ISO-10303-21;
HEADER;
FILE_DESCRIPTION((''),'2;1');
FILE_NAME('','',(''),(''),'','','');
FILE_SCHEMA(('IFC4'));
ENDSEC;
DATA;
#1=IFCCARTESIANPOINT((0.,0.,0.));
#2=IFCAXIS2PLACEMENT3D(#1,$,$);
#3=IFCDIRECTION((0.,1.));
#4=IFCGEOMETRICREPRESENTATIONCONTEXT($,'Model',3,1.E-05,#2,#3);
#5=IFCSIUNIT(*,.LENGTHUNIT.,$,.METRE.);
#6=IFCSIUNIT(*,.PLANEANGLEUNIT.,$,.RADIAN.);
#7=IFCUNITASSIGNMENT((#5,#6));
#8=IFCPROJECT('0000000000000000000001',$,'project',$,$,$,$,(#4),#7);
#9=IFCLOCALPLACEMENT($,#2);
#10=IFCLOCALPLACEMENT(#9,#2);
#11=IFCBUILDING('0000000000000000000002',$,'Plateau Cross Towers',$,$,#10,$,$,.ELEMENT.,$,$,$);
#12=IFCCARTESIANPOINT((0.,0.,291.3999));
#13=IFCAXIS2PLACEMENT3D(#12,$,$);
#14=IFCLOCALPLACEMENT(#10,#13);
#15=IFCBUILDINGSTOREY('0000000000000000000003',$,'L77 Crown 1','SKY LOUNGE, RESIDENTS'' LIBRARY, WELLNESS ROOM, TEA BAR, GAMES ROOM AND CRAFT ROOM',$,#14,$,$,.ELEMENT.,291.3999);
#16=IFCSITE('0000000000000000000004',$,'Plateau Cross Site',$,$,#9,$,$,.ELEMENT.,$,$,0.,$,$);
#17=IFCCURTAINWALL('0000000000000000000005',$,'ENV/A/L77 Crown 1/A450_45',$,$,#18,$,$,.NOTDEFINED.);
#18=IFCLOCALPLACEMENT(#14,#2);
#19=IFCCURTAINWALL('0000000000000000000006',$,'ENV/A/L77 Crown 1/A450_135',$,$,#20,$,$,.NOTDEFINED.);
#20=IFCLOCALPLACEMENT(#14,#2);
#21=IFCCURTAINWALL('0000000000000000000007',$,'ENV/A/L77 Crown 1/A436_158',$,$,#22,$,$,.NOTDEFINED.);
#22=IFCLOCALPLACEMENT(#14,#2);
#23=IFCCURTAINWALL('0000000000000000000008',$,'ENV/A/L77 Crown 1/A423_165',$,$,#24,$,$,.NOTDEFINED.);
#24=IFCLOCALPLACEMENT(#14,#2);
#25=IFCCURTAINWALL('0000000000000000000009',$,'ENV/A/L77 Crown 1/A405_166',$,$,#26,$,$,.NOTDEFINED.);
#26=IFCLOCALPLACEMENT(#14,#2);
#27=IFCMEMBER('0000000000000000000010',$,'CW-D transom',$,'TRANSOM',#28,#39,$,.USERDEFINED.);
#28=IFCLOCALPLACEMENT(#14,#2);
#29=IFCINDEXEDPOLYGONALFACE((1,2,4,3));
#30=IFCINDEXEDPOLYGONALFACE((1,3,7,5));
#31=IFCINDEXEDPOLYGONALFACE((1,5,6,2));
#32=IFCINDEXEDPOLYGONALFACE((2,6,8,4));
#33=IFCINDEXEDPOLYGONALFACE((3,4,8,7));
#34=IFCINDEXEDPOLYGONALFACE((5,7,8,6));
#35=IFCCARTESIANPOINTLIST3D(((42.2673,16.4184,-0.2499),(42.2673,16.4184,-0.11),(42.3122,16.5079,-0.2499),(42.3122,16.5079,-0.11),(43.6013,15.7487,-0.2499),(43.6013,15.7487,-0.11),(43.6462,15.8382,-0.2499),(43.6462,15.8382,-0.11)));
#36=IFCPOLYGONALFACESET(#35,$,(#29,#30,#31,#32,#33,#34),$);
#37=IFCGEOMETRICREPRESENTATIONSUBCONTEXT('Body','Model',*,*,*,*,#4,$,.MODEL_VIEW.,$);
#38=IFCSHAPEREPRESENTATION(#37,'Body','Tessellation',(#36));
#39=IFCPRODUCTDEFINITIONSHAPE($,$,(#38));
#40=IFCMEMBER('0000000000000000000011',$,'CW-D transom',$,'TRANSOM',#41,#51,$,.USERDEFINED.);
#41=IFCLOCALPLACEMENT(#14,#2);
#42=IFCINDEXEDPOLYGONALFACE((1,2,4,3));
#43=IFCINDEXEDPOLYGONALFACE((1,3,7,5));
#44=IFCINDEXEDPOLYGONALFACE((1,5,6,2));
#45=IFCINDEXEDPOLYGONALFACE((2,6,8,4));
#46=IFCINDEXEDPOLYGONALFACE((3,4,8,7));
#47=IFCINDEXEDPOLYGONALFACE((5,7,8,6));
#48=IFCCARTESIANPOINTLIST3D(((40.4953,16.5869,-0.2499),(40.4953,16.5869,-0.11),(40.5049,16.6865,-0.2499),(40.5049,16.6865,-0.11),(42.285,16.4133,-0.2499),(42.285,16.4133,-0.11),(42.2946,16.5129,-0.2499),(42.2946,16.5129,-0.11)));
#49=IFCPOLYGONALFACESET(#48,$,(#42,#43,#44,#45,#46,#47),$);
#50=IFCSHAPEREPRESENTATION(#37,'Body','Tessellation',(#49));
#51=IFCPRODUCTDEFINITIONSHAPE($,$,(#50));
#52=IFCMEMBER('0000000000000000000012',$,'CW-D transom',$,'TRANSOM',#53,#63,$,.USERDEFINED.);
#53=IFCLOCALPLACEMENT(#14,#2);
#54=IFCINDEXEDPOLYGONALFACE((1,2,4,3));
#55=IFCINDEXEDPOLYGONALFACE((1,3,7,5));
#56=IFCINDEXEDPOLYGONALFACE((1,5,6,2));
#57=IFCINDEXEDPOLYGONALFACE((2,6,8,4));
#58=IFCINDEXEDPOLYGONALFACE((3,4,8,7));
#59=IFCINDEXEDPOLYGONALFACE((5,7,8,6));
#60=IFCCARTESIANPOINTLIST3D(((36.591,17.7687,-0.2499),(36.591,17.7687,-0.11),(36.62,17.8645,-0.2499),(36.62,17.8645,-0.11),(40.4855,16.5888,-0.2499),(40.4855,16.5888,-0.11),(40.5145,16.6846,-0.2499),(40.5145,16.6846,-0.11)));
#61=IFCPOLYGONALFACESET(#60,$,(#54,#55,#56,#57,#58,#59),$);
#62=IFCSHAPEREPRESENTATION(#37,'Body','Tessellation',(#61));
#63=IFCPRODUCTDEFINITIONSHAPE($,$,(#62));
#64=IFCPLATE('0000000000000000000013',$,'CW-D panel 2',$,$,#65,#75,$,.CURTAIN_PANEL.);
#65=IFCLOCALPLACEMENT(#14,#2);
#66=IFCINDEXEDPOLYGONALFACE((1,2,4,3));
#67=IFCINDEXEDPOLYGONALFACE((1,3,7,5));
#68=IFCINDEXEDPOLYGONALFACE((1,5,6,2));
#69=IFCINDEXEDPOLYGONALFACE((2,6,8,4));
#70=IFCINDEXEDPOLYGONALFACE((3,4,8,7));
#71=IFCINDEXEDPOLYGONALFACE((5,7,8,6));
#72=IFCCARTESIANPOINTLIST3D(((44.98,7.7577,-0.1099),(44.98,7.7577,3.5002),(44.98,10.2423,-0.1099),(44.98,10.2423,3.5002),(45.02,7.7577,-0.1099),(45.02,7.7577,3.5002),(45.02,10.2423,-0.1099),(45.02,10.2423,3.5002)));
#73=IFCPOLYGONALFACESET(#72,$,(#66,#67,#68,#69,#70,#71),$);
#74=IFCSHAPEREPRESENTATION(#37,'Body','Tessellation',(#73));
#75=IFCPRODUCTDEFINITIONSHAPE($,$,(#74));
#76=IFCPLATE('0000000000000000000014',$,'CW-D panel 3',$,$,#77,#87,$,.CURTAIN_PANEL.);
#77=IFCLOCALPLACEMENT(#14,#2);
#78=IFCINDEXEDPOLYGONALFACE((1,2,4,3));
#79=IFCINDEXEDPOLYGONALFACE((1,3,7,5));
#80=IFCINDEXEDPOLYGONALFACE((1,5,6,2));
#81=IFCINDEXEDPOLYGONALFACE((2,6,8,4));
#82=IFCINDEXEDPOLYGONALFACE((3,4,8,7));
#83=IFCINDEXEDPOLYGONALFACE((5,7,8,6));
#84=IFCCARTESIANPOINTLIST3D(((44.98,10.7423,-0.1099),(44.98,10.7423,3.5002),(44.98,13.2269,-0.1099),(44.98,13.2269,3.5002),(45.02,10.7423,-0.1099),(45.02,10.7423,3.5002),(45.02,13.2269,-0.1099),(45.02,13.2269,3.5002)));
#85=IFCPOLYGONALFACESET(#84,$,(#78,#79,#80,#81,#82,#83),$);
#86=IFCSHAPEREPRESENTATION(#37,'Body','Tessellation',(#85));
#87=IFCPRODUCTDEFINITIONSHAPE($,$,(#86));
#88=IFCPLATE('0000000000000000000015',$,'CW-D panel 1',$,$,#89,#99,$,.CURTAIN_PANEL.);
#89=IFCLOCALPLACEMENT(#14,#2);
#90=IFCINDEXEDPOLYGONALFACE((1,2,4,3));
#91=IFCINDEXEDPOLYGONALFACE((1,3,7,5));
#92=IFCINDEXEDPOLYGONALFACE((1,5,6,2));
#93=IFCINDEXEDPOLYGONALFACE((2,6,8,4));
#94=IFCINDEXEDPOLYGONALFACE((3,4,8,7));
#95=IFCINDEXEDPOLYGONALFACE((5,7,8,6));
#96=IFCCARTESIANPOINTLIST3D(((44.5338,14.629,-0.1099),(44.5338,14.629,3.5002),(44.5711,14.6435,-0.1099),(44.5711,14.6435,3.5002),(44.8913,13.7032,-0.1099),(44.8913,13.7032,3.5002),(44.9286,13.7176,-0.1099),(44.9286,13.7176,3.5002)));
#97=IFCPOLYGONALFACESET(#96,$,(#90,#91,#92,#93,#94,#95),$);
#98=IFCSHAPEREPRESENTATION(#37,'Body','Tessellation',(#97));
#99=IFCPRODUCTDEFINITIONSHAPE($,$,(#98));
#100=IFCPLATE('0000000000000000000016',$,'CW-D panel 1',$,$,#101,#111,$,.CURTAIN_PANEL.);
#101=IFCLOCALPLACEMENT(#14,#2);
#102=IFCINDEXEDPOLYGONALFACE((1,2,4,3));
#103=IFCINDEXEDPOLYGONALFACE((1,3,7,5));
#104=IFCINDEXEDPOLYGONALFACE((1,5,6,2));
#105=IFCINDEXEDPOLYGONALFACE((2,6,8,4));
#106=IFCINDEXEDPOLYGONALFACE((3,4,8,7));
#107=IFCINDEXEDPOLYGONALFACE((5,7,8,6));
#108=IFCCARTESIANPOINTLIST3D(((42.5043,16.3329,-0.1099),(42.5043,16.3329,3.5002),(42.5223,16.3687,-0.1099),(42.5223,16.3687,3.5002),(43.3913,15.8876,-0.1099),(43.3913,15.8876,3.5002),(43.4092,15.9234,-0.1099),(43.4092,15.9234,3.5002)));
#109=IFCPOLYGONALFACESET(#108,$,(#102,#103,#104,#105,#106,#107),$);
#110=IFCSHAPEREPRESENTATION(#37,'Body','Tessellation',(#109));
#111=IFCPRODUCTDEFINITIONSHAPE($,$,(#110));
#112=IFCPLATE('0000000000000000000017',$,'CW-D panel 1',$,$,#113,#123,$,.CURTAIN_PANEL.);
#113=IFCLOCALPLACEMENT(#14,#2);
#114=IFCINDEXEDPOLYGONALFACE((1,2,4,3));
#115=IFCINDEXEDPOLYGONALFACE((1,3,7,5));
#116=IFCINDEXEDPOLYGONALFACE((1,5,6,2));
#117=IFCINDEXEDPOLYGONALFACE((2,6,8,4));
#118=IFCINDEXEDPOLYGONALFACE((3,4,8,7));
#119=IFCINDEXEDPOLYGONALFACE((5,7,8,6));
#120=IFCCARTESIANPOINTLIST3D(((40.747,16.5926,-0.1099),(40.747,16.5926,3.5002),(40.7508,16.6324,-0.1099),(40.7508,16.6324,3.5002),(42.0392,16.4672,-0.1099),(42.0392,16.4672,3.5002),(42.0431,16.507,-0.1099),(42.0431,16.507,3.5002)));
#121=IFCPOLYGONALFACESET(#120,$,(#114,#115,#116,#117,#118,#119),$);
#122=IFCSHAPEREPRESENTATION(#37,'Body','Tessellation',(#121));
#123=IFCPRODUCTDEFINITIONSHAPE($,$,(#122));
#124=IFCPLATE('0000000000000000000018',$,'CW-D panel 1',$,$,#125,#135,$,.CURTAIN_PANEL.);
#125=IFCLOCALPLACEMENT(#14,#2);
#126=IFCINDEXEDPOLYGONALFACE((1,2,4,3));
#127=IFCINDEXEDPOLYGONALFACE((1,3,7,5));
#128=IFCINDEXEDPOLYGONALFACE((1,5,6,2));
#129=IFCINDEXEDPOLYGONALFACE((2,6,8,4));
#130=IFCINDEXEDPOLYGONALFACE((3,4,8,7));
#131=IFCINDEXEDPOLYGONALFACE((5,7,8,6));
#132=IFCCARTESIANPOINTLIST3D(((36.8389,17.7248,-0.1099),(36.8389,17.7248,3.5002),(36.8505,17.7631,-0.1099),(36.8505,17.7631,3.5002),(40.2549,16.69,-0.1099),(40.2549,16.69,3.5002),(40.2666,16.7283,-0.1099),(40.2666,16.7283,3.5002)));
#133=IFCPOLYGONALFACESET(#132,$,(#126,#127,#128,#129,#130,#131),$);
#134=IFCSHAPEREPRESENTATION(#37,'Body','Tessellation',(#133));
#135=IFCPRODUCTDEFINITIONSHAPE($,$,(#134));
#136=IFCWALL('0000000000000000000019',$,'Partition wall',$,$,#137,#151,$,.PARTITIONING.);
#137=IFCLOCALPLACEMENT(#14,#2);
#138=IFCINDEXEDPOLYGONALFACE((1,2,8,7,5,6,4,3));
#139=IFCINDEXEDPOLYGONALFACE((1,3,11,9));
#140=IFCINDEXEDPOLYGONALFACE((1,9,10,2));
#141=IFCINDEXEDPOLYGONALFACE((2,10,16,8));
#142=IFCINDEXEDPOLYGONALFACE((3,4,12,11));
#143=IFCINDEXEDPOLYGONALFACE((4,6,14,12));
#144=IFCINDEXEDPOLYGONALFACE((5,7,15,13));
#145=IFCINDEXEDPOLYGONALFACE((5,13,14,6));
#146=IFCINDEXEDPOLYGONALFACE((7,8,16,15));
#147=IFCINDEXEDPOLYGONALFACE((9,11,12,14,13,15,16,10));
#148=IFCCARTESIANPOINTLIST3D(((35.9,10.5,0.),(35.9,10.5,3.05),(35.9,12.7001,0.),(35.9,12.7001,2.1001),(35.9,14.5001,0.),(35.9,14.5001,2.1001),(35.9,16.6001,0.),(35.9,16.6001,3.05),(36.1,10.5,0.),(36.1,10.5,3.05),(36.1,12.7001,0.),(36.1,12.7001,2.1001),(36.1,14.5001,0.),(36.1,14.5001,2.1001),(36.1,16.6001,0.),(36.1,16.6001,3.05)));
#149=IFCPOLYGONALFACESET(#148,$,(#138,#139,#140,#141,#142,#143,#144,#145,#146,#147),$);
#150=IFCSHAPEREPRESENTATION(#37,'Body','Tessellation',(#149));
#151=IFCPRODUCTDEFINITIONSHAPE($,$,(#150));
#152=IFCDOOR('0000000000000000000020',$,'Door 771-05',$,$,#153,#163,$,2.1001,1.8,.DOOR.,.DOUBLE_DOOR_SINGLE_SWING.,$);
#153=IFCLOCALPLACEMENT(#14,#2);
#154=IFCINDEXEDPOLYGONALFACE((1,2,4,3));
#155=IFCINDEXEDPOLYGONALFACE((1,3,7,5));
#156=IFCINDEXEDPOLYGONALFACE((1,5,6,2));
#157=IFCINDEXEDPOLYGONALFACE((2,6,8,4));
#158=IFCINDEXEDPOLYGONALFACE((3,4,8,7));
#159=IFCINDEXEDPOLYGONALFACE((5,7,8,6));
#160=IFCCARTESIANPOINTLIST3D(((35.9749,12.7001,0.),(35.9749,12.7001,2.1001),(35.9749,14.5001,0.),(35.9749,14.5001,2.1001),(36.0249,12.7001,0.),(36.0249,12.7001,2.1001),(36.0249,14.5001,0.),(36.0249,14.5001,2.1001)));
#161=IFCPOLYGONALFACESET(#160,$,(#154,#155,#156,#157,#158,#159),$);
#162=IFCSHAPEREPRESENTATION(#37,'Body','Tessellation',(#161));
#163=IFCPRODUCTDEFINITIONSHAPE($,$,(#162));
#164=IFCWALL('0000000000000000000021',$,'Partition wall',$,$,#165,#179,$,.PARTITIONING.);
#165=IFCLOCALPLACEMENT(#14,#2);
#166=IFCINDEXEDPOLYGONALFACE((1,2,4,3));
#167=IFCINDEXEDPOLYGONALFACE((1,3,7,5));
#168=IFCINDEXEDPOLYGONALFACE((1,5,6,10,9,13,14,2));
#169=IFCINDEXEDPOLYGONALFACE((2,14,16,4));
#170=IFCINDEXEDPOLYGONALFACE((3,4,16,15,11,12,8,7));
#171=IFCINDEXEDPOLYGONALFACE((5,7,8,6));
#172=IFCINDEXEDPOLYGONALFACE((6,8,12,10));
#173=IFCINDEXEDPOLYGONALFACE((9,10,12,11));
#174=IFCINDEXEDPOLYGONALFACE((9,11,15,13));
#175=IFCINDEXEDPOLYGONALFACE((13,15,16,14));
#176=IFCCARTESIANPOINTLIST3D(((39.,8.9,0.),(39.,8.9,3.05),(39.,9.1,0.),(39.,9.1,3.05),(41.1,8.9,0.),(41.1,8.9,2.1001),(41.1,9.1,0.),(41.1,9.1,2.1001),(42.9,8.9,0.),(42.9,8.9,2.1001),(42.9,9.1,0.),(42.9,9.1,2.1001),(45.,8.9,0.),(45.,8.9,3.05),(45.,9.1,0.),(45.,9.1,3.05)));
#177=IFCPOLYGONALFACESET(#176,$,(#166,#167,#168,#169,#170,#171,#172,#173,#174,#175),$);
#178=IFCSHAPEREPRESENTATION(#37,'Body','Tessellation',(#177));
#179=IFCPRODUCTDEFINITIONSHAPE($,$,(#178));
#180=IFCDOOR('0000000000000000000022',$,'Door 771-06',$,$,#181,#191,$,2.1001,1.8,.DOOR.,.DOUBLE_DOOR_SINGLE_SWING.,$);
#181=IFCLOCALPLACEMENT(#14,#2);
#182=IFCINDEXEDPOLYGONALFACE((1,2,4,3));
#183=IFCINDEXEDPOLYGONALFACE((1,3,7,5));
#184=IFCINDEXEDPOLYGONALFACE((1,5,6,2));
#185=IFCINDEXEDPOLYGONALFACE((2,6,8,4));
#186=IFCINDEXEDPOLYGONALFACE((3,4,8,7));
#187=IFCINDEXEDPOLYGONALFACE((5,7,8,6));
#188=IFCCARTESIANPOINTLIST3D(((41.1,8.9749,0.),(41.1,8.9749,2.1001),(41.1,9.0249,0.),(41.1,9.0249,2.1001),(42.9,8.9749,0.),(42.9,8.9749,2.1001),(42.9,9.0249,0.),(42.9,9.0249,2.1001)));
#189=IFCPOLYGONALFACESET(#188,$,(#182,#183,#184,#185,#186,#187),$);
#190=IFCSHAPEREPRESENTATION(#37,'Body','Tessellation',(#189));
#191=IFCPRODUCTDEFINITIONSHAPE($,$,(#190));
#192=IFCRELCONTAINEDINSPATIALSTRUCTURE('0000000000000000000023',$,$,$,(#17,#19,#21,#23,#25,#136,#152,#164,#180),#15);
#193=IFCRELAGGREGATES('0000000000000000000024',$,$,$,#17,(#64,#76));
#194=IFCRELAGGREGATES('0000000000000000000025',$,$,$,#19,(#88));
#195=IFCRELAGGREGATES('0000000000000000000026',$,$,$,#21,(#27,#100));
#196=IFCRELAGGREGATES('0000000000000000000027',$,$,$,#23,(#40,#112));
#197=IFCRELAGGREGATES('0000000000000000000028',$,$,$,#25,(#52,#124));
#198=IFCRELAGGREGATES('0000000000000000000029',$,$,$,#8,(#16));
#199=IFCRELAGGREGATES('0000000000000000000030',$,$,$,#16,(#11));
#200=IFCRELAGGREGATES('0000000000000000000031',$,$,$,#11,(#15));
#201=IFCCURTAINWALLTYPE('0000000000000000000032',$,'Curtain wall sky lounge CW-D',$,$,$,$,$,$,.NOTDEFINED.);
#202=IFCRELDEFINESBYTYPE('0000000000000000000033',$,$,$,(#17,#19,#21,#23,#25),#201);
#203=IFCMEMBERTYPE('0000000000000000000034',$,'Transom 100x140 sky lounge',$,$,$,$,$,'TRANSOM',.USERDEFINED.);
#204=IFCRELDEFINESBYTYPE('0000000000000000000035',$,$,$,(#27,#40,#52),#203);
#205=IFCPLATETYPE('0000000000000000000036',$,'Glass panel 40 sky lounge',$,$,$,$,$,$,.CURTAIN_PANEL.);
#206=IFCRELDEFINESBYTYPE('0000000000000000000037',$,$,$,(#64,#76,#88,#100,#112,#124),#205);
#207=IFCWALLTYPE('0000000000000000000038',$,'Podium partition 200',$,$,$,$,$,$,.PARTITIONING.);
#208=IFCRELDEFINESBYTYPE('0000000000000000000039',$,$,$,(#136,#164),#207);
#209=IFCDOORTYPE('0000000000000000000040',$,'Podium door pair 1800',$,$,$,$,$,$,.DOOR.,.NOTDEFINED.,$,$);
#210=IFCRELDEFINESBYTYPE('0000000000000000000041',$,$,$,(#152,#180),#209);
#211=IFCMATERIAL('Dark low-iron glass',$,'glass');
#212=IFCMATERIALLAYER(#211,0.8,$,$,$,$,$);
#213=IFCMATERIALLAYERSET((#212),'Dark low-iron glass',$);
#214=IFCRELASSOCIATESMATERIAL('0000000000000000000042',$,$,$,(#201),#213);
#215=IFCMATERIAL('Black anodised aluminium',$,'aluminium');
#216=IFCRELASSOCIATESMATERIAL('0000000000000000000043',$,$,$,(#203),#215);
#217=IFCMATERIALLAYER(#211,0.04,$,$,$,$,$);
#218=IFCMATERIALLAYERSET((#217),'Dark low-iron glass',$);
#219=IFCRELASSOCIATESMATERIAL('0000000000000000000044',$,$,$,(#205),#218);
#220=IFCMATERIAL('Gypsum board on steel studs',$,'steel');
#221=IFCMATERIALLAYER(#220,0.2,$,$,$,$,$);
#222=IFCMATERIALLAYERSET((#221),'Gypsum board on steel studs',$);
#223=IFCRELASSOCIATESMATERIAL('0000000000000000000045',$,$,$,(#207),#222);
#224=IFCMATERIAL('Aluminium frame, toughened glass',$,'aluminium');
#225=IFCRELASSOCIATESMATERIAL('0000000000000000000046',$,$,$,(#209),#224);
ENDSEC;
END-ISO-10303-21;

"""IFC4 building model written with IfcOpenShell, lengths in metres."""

from ifc_helpers import new_model, si_unit, direction, frame, frame_2d, origin, origin_2d, place, context, subcontext, project, spatial, rectangle, extrude, material, layer, layer_set, material_profile, profile_set, type_object, element, fill, aggregate, save


model = new_model("IFC4")

# Units and contexts
model_context = context("Model", 3, precision=1e-05, world=origin(), true_north=direction((0.0, 1.0)))
body_context = subcontext(model_context, "Body", "Model", "MODEL_VIEW")
ifc_project = project(units=[si_unit("LENGTHUNIT", "METRE"), si_unit("PLANEANGLEUNIT", "RADIAN")], contexts=[model_context])

# Site, building, storey
site_placement = place(None, origin())
site = spatial("IfcSite", under=ifc_project, at=site_placement, Name="Plateau Cross Site", CompositionType="ELEMENT", RefElevation=0.0)
building_placement = place(site_placement, origin())
building = spatial("IfcBuilding", under=site, at=building_placement, Name="Plateau Cross Towers", CompositionType="ELEMENT")
storey_placement = place(building_placement, frame((0.0, 0.0, 291.3999)))
storey = spatial("IfcBuildingStorey", under=building, at=storey_placement, Name="L77 Crown 1", Description="SKY LOUNGE, RESIDENTS' LIBRARY, WELLNESS ROOM, TEA BAR, GAMES ROOM AND CRAFT ROOM", CompositionType="ELEMENT", Elevation=291.3999)

# Curtain walls
ifc_material_1 = material(Name="Dark low-iron glass", Category="glass")
ifc_layer_1 = layer(ifc_material_1, 0.8)
ifc_layer_set_1 = layer_set([ifc_layer_1], Name="Dark low-iron glass")
curtain_wall_type = type_object("IfcCurtainWallType", Name="Curtain wall sky lounge CW-D", PredefinedType="NOTDEFINED", material=ifc_layer_set_1)
curtain_wall_1_placement = place(storey_placement, origin())
curtain_wall_1 = element("IfcCurtainWall", 1, at=curtain_wall_1_placement, inside=storey, type_object=curtain_wall_type, Name="ENV/A/L77 Crown 1/A450_45", PredefinedType="NOTDEFINED")
ifc_material_2 = material(Name="Black anodised aluminium", Category="aluminium")
curtain_wall_2_placement = place(storey_placement, origin())
curtain_wall_2 = element("IfcCurtainWall", 2, at=curtain_wall_2_placement, inside=storey, type_object=curtain_wall_type, Name="ENV/A/L77 Crown 1/A450_135", PredefinedType="NOTDEFINED")

# Curtain walls
curtain_wall_3_placement = place(storey_placement, origin())
curtain_wall_3 = element("IfcCurtainWall", 3, at=curtain_wall_3_placement, inside=storey, type_object=curtain_wall_type, Name="ENV/A/L77 Crown 1/A436_158", PredefinedType="NOTDEFINED")
curtain_wall_4_placement = place(storey_placement, origin())
curtain_wall_4 = element("IfcCurtainWall", 4, at=curtain_wall_4_placement, inside=storey, type_object=curtain_wall_type, Name="ENV/A/L77 Crown 1/A423_165", PredefinedType="NOTDEFINED")

# Curtain wall
curtain_wall_5_placement = place(storey_placement, origin())
curtain_wall_5 = element("IfcCurtainWall", 5, at=curtain_wall_5_placement, inside=storey, type_object=curtain_wall_type, Name="ENV/A/L77 Crown 1/A405_166", PredefinedType="NOTDEFINED")

# Members
ifc_material_profile_1 = material_profile(ifc_material_2, rectangle(XDim=0.1001, YDim=0.1399, at=origin_2d()), Name="TRANSOM 100x140")
ifc_profile_set_1 = profile_set([ifc_material_profile_1], Name="Black anodised aluminium")
member_type_1 = type_object("IfcMemberType", Name="Transom 100x140 sky lounge", ElementType="TRANSOM", PredefinedType="USERDEFINED", material=ifc_profile_set_1)
member_1_placement = place(storey_placement, frame((43.6238, 15.7935, -0.1799), z_axis=(-0.893706, 0.448652, 0.0), x_axis=(-0.448652, -0.893706, 0.0)))
member_1 = element("IfcMember", 6, at=member_1_placement, type_object=member_type_1, Name="CW-D transom", ObjectType="TRANSOM", PredefinedType="USERDEFINED", context=body_context, shape_type="SweptSolid", body=[
    extrude(rectangle(XDim=0.1001, YDim=0.1399, at=origin_2d()), origin(), (0.0, 0.0, 1.0), 1.4927),
])
member_2_placement = place(storey_placement, frame((42.2898, 16.4631, -0.1799), z_axis=(-0.99533, 0.096532, 0.0), x_axis=(-0.096532, -0.99533, 0.0)))
member_2 = element("IfcMember", 7, at=member_2_placement, type_object=member_type_1, Name="CW-D transom", ObjectType="TRANSOM", PredefinedType="USERDEFINED", context=body_context, shape_type="SweptSolid", body=[
    extrude(rectangle(XDim=0.1001, YDim=0.1399, at=origin_2d()), origin(), (0.0, 0.0, 1.0), 1.7981),
])
member_3_placement = place(storey_placement, frame((40.5, 16.6367, -0.1799), z_axis=(-0.95704, 0.289956, 0.0), x_axis=(-0.289956, -0.95704, 0.0)))
member_3 = element("IfcMember", 8, at=member_3_placement, type_object=member_type_1, Name="CW-D transom", ObjectType="TRANSOM", PredefinedType="USERDEFINED", context=body_context, shape_type="SweptSolid", body=[
    extrude(rectangle(XDim=0.1001, YDim=0.1399, at=origin_2d()), origin(), (0.0, 0.0, 1.0), 4.0693),
])

# Plates
ifc_layer_2 = layer(ifc_material_1, 0.04)
ifc_layer_set_2 = layer_set([ifc_layer_2], Name="Dark low-iron glass")
plate_type = type_object("IfcPlateType", Name="Glass panel 40 sky lounge", PredefinedType="CURTAIN_PANEL", material=ifc_layer_set_2)
plate_1_placement = place(storey_placement, frame((45.0, 9.0, -0.1099), z_axis=(0.0, 0.0, 1.0), x_axis=(0.0, 1.0, 0.0)))
plate_1 = element("IfcPlate", 9, at=plate_1_placement, type_object=plate_type, Name="CW-D panel 2", PredefinedType="CURTAIN_PANEL", context=body_context, shape_type="SweptSolid", body=[
    extrude(rectangle(XDim=2.4846, YDim=0.04, at=origin_2d()), origin(), (0.0, 0.0, 1.0), 3.6101),
])
plate_2_placement = place(storey_placement, frame((45.0, 11.9846, -0.1099), z_axis=(0.0, 0.0, 1.0), x_axis=(0.0, 1.0, 0.0)))
plate_2 = element("IfcPlate", 10, at=plate_2_placement, type_object=plate_type, Name="CW-D panel 3", PredefinedType="CURTAIN_PANEL", context=body_context, shape_type="SweptSolid", body=[
    extrude(rectangle(XDim=2.4846, YDim=0.04, at=origin_2d()), origin(), (0.0, 0.0, 1.0), 3.6101),
])
aggregate(curtain_wall_1, [plate_1, plate_2])
plate_3_placement = place(storey_placement, frame((44.7312, 14.1733, -0.1099), z_axis=(0.0, 0.0, 1.0), x_axis=(-0.360226, 0.932865, 0.0)))
plate_3 = element("IfcPlate", 11, at=plate_3_placement, type_object=plate_type, Name="CW-D panel 1", PredefinedType="CURTAIN_PANEL", context=body_context, shape_type="SweptSolid", body=[
    extrude(rectangle(XDim=0.9924, YDim=0.04, at=origin_2d()), origin(), (0.0, 0.0, 1.0), 3.6101),
])
aggregate(curtain_wall_2, [plate_3])
plate_4_placement = place(storey_placement, frame((42.9568, 16.1282, -0.1099), z_axis=(0.0, 0.0, 1.0), x_axis=(-0.893702, 0.448661, 0.0)))
plate_4 = element("IfcPlate", 12, at=plate_4_placement, type_object=plate_type, Name="CW-D panel 1", PredefinedType="CURTAIN_PANEL", context=body_context, shape_type="SweptSolid", body=[
    extrude(rectangle(XDim=0.9924, YDim=0.04, at=origin_2d()), origin(), (0.0, 0.0, 1.0), 3.6101),
])
aggregate(curtain_wall_3, [member_1, plate_4])
plate_5_placement = place(storey_placement, frame((41.395, 16.5498, -0.1099), z_axis=(0.0, 0.0, 1.0), x_axis=(-0.995323, 0.096606, 0.0)))
plate_5 = element("IfcPlate", 13, at=plate_5_placement, type_object=plate_type, Name="CW-D panel 1", PredefinedType="CURTAIN_PANEL", context=body_context, shape_type="SweptSolid", body=[
    extrude(rectangle(XDim=1.2983, YDim=0.04, at=origin_2d()), origin(), (0.0, 0.0, 1.0), 3.6101),
])
aggregate(curtain_wall_4, [member_2, plate_5])
plate_6_placement = place(storey_placement, frame((38.5527, 17.2266, -0.1099), z_axis=(0.0, 0.0, 1.0), x_axis=(-0.957048, 0.289928, 0.0)))
plate_6 = element("IfcPlate", 14, at=plate_6_placement, type_object=plate_type, Name="CW-D panel 1", PredefinedType="CURTAIN_PANEL", context=body_context, shape_type="SweptSolid", body=[
    extrude(rectangle(XDim=3.5693, YDim=0.04, at=origin_2d()), origin(), (0.0, 0.0, 1.0), 3.6101),
])
aggregate(curtain_wall_5, [member_3, plate_6])

# Walls, openings, doors
ifc_material_3 = material(Name="Gypsum board on steel studs", Category="steel")
ifc_layer_3 = layer(ifc_material_3, 0.2)
ifc_layer_set_3 = layer_set([ifc_layer_3], Name="Gypsum board on steel studs")
wall_type = type_object("IfcWallType", Name="Podium partition 200", PredefinedType="PARTITIONING", material=ifc_layer_set_3)
wall_1_placement = place(storey_placement, frame((36.0, 16.6001, 0.0), z_axis=(0.0, 0.0, 1.0), x_axis=(0.0, -1.0, 0.0)))
wall_1 = element("IfcWall", 15, at=wall_1_placement, inside=storey, type_object=wall_type, Name="Partition wall", PredefinedType="PARTITIONING", context=body_context, shape_type="SweptSolid", body=[
    extrude(rectangle(XDim=6.1001, YDim=0.2, at=frame_2d((3.05, 0.0))), origin(), (0.0, 0.0, 1.0), 3.05),
])
opening_1_placement = place(wall_1_placement, frame((2.1001, 0.0, 0.0)))
opening_1 = element("IfcOpeningElement", 16, at=opening_1_placement, cuts=wall_1, PredefinedType="OPENING", context=body_context, shape_type="SweptSolid", body=[
    extrude(rectangle(XDim=1.8, YDim=2.1001, at=frame_2d((0.8999, 1.05))), frame((0.0, 0.1099, 0.0), z_axis=(0.0, -1.0, 0.0), x_axis=(1.0, 0.0, 0.0)), (0.0, 0.0, 1.0), 0.22),
])
ifc_material_4 = material(Name="Aluminium frame, toughened glass", Category="aluminium")
door_type = type_object("IfcDoorType", Name="Podium door pair 1800", OperationType="NOTDEFINED", PredefinedType="DOOR", material=ifc_material_4)
door_1_placement = place(opening_1_placement, origin())
door_1 = element("IfcDoor", 17, at=door_1_placement, inside=storey, type_object=door_type, Name="Door 771-05", OperationType="DOUBLE_DOOR_SINGLE_SWING", OverallHeight=2.1001, OverallWidth=1.8, PredefinedType="DOOR", context=body_context, shape_type="SweptSolid", body=[
    extrude(rectangle(XDim=1.8, YDim=2.1001, at=frame_2d((0.8999, 1.05))), frame((0.0, 0.0249, 0.0), z_axis=(0.0, -1.0, 0.0), x_axis=(1.0, 0.0, 0.0)), (0.0, 0.0, 1.0), 0.05),
])
fill(opening_1, door_1)
wall_2_placement = place(storey_placement, frame((39.0, 9.0, 0.0), z_axis=(0.0, 0.0, 1.0), x_axis=(1.0, 0.0, 0.0)))
wall_2 = element("IfcWall", 18, at=wall_2_placement, inside=storey, type_object=wall_type, Name="Partition wall", PredefinedType="PARTITIONING", context=body_context, shape_type="SweptSolid", body=[
    extrude(rectangle(XDim=6.0, YDim=0.2, at=frame_2d((3.0, 0.0))), origin(), (0.0, 0.0, 1.0), 3.05),
])
opening_2_placement = place(wall_2_placement, frame((2.1001, 0.0, 0.0)))
opening_2 = element("IfcOpeningElement", 19, at=opening_2_placement, cuts=wall_2, PredefinedType="OPENING", context=body_context, shape_type="SweptSolid", body=[
    extrude(rectangle(XDim=1.8, YDim=2.1001, at=frame_2d((0.8999, 1.05))), frame((0.0, 0.1099, 0.0), z_axis=(0.0, -1.0, 0.0), x_axis=(1.0, 0.0, 0.0)), (0.0, 0.0, 1.0), 0.22),
])
door_2_placement = place(opening_2_placement, origin())
door_2 = element("IfcDoor", 20, at=door_2_placement, inside=storey, type_object=door_type, Name="Door 771-06", OperationType="DOUBLE_DOOR_SINGLE_SWING", OverallHeight=2.1001, OverallWidth=1.8, PredefinedType="DOOR", context=body_context, shape_type="SweptSolid", body=[
    extrude(rectangle(XDim=1.8, YDim=2.1001, at=frame_2d((0.8999, 1.05))), frame((0.0, 0.0249, 0.0), z_axis=(0.0, -1.0, 0.0), x_axis=(1.0, 0.0, 0.0)), (0.0, 0.0, 1.0), 0.05),
])
fill(opening_2, door_2)

save(model, "model.ifc")
